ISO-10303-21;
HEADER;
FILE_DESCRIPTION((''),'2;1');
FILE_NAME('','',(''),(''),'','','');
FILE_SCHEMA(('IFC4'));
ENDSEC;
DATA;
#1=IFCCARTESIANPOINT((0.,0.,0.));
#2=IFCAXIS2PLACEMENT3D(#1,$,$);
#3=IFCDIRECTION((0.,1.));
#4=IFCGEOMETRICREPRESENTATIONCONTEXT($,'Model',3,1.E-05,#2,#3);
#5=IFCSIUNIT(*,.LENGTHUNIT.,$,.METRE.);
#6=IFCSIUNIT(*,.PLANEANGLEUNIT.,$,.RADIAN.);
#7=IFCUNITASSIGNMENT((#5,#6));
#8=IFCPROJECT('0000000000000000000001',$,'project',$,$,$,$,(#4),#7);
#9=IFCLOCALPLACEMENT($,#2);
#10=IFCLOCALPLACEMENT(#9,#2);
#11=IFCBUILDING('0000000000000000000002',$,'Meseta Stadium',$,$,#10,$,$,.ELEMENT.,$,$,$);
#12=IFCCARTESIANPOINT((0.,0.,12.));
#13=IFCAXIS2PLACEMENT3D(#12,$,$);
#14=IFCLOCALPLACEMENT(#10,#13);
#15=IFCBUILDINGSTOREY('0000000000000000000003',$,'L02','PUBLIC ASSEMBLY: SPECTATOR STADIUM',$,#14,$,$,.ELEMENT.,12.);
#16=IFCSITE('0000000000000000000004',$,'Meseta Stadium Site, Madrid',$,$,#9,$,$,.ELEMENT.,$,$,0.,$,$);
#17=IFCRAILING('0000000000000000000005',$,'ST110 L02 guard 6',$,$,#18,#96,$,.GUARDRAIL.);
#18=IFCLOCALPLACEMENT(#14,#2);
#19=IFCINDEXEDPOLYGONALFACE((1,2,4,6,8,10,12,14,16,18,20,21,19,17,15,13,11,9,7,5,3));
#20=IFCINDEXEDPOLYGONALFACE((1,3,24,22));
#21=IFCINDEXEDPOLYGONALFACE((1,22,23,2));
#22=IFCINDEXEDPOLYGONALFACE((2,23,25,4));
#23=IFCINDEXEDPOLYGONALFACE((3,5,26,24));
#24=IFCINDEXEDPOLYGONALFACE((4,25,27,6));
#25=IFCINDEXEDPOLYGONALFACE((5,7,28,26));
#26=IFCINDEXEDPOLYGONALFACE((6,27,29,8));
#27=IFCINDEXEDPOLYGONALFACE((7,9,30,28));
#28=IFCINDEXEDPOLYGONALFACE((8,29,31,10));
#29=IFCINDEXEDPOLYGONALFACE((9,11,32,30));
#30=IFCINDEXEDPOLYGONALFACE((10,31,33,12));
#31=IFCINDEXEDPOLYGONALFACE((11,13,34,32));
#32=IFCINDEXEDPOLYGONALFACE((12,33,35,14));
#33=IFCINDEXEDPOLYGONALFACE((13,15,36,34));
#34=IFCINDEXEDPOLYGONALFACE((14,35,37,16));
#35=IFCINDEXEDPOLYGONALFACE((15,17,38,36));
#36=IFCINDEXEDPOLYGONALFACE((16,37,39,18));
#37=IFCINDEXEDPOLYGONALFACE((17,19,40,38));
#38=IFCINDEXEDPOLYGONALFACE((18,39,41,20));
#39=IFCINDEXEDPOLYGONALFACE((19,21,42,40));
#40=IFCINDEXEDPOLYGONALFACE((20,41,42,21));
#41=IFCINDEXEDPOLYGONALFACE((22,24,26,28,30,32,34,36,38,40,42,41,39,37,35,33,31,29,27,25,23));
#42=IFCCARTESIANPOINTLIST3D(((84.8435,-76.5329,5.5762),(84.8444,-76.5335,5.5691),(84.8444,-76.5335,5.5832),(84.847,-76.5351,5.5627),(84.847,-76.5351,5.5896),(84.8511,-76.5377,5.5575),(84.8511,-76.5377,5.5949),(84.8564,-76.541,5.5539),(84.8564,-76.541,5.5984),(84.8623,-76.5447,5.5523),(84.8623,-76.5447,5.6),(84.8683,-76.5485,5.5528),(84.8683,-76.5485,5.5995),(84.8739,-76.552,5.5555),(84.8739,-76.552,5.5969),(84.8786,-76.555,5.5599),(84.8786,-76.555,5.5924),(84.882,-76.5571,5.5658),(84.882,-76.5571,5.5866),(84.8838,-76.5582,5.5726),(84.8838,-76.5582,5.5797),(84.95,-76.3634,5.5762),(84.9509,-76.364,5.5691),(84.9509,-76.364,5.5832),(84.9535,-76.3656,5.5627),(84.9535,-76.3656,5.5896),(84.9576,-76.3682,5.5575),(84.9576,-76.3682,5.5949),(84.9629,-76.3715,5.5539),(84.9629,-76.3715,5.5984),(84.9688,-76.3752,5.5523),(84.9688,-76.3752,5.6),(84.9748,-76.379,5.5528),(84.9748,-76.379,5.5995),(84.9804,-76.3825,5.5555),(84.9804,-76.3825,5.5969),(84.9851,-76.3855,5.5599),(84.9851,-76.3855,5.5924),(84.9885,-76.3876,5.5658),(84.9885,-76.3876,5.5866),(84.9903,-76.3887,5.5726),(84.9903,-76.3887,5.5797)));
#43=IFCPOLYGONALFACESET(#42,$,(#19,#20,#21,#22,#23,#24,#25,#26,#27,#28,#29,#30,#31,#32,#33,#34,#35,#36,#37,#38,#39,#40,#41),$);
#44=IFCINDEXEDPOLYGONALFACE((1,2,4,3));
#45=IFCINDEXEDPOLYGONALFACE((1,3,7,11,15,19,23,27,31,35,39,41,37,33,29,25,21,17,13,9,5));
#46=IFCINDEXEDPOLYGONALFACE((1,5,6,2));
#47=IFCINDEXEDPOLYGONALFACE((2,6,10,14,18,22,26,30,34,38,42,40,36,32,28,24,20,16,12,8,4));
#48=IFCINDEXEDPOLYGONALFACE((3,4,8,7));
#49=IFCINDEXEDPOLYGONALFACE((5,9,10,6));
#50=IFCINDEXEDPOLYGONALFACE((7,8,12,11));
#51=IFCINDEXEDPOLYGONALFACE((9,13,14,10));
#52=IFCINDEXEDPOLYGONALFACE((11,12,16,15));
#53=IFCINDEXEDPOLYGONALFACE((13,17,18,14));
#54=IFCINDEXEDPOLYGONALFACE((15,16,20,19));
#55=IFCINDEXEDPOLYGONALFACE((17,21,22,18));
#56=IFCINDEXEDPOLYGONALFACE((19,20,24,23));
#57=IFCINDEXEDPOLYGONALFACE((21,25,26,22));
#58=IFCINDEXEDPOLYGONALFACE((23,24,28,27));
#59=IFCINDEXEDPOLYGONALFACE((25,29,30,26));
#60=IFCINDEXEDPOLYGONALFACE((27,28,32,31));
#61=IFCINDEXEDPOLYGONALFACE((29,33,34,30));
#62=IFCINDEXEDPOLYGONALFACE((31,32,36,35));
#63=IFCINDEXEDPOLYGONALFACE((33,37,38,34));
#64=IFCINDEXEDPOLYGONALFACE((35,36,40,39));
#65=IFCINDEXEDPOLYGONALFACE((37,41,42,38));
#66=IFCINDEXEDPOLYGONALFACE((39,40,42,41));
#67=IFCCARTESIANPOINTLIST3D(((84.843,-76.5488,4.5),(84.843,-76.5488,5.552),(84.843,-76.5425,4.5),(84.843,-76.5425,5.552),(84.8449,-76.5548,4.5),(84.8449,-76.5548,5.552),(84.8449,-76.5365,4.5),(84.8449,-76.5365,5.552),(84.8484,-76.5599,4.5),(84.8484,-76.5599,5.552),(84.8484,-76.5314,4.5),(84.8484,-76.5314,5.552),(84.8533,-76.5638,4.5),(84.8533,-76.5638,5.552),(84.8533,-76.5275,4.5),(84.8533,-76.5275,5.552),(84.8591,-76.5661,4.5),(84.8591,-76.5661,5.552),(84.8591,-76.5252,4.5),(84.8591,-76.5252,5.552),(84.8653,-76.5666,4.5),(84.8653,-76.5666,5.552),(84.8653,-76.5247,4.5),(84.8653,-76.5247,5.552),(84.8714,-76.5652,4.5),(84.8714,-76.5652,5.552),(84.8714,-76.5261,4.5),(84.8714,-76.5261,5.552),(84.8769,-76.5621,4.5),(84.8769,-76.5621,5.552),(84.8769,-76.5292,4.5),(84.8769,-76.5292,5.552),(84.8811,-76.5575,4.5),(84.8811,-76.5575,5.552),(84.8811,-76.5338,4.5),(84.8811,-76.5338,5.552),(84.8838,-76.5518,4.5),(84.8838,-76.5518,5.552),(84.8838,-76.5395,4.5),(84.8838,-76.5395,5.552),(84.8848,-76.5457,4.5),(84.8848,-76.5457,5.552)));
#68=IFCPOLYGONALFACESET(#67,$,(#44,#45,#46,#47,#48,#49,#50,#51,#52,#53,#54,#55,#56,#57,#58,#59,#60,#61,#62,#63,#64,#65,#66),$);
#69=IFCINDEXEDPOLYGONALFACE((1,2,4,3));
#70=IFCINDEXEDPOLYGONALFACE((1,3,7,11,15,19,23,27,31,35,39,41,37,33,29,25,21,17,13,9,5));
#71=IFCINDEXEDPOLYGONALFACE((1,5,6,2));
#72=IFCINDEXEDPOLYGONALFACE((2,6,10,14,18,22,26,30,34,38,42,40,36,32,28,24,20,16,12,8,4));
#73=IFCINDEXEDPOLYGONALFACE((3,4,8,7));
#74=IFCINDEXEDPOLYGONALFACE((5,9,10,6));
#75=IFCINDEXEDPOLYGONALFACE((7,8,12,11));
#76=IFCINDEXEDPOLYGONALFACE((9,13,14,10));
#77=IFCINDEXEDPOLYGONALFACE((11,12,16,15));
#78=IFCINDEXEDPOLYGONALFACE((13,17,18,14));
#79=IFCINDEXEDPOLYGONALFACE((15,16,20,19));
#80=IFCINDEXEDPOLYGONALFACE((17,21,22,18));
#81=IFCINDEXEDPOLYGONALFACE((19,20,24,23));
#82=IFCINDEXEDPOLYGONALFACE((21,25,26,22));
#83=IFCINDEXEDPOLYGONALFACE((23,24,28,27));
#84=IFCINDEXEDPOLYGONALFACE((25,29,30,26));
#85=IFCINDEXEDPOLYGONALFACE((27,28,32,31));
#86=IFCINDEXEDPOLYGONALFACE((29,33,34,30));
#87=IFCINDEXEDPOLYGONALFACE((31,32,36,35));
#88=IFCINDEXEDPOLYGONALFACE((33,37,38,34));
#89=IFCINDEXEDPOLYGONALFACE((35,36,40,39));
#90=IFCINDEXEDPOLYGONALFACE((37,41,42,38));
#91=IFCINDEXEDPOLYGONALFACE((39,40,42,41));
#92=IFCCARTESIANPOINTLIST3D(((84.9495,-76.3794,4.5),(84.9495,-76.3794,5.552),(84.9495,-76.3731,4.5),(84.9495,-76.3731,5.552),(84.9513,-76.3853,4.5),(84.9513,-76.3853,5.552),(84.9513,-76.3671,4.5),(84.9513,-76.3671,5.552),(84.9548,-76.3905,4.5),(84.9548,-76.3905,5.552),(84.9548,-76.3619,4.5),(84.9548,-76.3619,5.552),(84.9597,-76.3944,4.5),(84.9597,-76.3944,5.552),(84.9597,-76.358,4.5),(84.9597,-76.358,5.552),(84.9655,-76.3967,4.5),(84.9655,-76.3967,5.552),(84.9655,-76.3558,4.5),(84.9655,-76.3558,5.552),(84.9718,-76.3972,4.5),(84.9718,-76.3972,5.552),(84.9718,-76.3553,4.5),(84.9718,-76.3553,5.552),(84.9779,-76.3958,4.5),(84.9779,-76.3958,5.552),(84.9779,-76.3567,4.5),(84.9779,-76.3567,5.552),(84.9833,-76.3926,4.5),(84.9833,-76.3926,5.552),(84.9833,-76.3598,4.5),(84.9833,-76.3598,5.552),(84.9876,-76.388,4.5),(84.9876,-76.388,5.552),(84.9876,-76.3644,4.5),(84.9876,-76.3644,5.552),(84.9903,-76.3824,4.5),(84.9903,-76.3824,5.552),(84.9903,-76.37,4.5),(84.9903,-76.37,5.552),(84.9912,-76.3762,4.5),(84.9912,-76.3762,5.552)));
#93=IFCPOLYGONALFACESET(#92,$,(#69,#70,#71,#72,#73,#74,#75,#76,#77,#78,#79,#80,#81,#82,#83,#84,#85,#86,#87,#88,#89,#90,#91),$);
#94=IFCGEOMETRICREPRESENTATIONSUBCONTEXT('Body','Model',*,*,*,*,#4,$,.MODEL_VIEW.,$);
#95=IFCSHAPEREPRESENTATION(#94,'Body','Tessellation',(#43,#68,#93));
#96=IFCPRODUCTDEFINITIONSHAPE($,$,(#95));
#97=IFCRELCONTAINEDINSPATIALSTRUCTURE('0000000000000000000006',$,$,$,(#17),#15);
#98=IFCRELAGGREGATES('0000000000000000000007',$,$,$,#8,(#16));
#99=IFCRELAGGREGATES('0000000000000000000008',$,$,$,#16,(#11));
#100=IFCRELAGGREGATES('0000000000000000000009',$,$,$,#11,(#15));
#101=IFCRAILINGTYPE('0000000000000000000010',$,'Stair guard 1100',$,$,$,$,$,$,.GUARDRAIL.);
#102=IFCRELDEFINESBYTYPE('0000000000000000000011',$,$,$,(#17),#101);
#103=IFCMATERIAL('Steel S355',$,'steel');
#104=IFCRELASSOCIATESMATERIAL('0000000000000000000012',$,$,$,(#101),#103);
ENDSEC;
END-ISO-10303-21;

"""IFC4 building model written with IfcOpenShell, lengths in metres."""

from ifc_helpers import new_model, si_unit, direction, frame, origin, origin_2d, place, context, subcontext, project, spatial, circle, extrude, material, type_object, element, save


model = new_model("IFC4")

# Units and contexts
model_context = context("Model", 3, precision=1e-05, world=origin(), true_north=direction((0.0, 1.0)))
body_context = subcontext(model_context, "Body", "Model", "MODEL_VIEW")
ifc_project = project(units=[si_unit("LENGTHUNIT", "METRE"), si_unit("PLANEANGLEUNIT", "RADIAN")], contexts=[model_context])

# Site, building, storey
site_placement = place(None, origin())
site = spatial("IfcSite", under=ifc_project, at=site_placement, Name="Meseta Stadium Site, Madrid", CompositionType="ELEMENT", RefElevation=0.0)
building_placement = place(site_placement, origin())
building = spatial("IfcBuilding", under=site, at=building_placement, Name="Meseta Stadium", CompositionType="ELEMENT")
storey_placement = place(building_placement, frame((0.0, 0.0, 12.0)))
storey = spatial("IfcBuildingStorey", under=building, at=storey_placement, Name="L02", Description="PUBLIC ASSEMBLY: SPECTATOR STADIUM", CompositionType="ELEMENT", Elevation=12.0)

# Railing
ifc_material_1 = material(Name="Steel S355", Category="steel")
railing_type_1 = type_object("IfcRailingType", Name="Stair guard 1100", PredefinedType="GUARDRAIL", material=ifc_material_1)
railing_1_placement = place(storey_placement, frame((84.8638, -76.5457, 4.5)))
element("IfcRailing", 1, at=railing_1_placement, inside=storey, type_object=railing_type_1, Name="ST110 L02 guard 6", PredefinedType="GUARDRAIL", context=body_context, shape_type="SweptSolid", body=[
    extrude(circle(Radius=0.0239, at=origin_2d()), frame((0.0, 0.0, 1.0762), z_axis=(0.531972, 0.846762, 0.0), x_axis=(-0.846762, 0.531972, 0.0)), (0.0, 0.0, 1.0), 0.2002),
    extrude(circle(Radius=0.021, at=origin_2d()), origin(), (0.0, 0.0, 1.0), 1.052),
    extrude(circle(Radius=0.021, at=origin_2d()), frame((0.1064, 0.1694, 0.0)), (0.0, 0.0, 1.0), 1.052),
])

save(model, "model.ifc")
